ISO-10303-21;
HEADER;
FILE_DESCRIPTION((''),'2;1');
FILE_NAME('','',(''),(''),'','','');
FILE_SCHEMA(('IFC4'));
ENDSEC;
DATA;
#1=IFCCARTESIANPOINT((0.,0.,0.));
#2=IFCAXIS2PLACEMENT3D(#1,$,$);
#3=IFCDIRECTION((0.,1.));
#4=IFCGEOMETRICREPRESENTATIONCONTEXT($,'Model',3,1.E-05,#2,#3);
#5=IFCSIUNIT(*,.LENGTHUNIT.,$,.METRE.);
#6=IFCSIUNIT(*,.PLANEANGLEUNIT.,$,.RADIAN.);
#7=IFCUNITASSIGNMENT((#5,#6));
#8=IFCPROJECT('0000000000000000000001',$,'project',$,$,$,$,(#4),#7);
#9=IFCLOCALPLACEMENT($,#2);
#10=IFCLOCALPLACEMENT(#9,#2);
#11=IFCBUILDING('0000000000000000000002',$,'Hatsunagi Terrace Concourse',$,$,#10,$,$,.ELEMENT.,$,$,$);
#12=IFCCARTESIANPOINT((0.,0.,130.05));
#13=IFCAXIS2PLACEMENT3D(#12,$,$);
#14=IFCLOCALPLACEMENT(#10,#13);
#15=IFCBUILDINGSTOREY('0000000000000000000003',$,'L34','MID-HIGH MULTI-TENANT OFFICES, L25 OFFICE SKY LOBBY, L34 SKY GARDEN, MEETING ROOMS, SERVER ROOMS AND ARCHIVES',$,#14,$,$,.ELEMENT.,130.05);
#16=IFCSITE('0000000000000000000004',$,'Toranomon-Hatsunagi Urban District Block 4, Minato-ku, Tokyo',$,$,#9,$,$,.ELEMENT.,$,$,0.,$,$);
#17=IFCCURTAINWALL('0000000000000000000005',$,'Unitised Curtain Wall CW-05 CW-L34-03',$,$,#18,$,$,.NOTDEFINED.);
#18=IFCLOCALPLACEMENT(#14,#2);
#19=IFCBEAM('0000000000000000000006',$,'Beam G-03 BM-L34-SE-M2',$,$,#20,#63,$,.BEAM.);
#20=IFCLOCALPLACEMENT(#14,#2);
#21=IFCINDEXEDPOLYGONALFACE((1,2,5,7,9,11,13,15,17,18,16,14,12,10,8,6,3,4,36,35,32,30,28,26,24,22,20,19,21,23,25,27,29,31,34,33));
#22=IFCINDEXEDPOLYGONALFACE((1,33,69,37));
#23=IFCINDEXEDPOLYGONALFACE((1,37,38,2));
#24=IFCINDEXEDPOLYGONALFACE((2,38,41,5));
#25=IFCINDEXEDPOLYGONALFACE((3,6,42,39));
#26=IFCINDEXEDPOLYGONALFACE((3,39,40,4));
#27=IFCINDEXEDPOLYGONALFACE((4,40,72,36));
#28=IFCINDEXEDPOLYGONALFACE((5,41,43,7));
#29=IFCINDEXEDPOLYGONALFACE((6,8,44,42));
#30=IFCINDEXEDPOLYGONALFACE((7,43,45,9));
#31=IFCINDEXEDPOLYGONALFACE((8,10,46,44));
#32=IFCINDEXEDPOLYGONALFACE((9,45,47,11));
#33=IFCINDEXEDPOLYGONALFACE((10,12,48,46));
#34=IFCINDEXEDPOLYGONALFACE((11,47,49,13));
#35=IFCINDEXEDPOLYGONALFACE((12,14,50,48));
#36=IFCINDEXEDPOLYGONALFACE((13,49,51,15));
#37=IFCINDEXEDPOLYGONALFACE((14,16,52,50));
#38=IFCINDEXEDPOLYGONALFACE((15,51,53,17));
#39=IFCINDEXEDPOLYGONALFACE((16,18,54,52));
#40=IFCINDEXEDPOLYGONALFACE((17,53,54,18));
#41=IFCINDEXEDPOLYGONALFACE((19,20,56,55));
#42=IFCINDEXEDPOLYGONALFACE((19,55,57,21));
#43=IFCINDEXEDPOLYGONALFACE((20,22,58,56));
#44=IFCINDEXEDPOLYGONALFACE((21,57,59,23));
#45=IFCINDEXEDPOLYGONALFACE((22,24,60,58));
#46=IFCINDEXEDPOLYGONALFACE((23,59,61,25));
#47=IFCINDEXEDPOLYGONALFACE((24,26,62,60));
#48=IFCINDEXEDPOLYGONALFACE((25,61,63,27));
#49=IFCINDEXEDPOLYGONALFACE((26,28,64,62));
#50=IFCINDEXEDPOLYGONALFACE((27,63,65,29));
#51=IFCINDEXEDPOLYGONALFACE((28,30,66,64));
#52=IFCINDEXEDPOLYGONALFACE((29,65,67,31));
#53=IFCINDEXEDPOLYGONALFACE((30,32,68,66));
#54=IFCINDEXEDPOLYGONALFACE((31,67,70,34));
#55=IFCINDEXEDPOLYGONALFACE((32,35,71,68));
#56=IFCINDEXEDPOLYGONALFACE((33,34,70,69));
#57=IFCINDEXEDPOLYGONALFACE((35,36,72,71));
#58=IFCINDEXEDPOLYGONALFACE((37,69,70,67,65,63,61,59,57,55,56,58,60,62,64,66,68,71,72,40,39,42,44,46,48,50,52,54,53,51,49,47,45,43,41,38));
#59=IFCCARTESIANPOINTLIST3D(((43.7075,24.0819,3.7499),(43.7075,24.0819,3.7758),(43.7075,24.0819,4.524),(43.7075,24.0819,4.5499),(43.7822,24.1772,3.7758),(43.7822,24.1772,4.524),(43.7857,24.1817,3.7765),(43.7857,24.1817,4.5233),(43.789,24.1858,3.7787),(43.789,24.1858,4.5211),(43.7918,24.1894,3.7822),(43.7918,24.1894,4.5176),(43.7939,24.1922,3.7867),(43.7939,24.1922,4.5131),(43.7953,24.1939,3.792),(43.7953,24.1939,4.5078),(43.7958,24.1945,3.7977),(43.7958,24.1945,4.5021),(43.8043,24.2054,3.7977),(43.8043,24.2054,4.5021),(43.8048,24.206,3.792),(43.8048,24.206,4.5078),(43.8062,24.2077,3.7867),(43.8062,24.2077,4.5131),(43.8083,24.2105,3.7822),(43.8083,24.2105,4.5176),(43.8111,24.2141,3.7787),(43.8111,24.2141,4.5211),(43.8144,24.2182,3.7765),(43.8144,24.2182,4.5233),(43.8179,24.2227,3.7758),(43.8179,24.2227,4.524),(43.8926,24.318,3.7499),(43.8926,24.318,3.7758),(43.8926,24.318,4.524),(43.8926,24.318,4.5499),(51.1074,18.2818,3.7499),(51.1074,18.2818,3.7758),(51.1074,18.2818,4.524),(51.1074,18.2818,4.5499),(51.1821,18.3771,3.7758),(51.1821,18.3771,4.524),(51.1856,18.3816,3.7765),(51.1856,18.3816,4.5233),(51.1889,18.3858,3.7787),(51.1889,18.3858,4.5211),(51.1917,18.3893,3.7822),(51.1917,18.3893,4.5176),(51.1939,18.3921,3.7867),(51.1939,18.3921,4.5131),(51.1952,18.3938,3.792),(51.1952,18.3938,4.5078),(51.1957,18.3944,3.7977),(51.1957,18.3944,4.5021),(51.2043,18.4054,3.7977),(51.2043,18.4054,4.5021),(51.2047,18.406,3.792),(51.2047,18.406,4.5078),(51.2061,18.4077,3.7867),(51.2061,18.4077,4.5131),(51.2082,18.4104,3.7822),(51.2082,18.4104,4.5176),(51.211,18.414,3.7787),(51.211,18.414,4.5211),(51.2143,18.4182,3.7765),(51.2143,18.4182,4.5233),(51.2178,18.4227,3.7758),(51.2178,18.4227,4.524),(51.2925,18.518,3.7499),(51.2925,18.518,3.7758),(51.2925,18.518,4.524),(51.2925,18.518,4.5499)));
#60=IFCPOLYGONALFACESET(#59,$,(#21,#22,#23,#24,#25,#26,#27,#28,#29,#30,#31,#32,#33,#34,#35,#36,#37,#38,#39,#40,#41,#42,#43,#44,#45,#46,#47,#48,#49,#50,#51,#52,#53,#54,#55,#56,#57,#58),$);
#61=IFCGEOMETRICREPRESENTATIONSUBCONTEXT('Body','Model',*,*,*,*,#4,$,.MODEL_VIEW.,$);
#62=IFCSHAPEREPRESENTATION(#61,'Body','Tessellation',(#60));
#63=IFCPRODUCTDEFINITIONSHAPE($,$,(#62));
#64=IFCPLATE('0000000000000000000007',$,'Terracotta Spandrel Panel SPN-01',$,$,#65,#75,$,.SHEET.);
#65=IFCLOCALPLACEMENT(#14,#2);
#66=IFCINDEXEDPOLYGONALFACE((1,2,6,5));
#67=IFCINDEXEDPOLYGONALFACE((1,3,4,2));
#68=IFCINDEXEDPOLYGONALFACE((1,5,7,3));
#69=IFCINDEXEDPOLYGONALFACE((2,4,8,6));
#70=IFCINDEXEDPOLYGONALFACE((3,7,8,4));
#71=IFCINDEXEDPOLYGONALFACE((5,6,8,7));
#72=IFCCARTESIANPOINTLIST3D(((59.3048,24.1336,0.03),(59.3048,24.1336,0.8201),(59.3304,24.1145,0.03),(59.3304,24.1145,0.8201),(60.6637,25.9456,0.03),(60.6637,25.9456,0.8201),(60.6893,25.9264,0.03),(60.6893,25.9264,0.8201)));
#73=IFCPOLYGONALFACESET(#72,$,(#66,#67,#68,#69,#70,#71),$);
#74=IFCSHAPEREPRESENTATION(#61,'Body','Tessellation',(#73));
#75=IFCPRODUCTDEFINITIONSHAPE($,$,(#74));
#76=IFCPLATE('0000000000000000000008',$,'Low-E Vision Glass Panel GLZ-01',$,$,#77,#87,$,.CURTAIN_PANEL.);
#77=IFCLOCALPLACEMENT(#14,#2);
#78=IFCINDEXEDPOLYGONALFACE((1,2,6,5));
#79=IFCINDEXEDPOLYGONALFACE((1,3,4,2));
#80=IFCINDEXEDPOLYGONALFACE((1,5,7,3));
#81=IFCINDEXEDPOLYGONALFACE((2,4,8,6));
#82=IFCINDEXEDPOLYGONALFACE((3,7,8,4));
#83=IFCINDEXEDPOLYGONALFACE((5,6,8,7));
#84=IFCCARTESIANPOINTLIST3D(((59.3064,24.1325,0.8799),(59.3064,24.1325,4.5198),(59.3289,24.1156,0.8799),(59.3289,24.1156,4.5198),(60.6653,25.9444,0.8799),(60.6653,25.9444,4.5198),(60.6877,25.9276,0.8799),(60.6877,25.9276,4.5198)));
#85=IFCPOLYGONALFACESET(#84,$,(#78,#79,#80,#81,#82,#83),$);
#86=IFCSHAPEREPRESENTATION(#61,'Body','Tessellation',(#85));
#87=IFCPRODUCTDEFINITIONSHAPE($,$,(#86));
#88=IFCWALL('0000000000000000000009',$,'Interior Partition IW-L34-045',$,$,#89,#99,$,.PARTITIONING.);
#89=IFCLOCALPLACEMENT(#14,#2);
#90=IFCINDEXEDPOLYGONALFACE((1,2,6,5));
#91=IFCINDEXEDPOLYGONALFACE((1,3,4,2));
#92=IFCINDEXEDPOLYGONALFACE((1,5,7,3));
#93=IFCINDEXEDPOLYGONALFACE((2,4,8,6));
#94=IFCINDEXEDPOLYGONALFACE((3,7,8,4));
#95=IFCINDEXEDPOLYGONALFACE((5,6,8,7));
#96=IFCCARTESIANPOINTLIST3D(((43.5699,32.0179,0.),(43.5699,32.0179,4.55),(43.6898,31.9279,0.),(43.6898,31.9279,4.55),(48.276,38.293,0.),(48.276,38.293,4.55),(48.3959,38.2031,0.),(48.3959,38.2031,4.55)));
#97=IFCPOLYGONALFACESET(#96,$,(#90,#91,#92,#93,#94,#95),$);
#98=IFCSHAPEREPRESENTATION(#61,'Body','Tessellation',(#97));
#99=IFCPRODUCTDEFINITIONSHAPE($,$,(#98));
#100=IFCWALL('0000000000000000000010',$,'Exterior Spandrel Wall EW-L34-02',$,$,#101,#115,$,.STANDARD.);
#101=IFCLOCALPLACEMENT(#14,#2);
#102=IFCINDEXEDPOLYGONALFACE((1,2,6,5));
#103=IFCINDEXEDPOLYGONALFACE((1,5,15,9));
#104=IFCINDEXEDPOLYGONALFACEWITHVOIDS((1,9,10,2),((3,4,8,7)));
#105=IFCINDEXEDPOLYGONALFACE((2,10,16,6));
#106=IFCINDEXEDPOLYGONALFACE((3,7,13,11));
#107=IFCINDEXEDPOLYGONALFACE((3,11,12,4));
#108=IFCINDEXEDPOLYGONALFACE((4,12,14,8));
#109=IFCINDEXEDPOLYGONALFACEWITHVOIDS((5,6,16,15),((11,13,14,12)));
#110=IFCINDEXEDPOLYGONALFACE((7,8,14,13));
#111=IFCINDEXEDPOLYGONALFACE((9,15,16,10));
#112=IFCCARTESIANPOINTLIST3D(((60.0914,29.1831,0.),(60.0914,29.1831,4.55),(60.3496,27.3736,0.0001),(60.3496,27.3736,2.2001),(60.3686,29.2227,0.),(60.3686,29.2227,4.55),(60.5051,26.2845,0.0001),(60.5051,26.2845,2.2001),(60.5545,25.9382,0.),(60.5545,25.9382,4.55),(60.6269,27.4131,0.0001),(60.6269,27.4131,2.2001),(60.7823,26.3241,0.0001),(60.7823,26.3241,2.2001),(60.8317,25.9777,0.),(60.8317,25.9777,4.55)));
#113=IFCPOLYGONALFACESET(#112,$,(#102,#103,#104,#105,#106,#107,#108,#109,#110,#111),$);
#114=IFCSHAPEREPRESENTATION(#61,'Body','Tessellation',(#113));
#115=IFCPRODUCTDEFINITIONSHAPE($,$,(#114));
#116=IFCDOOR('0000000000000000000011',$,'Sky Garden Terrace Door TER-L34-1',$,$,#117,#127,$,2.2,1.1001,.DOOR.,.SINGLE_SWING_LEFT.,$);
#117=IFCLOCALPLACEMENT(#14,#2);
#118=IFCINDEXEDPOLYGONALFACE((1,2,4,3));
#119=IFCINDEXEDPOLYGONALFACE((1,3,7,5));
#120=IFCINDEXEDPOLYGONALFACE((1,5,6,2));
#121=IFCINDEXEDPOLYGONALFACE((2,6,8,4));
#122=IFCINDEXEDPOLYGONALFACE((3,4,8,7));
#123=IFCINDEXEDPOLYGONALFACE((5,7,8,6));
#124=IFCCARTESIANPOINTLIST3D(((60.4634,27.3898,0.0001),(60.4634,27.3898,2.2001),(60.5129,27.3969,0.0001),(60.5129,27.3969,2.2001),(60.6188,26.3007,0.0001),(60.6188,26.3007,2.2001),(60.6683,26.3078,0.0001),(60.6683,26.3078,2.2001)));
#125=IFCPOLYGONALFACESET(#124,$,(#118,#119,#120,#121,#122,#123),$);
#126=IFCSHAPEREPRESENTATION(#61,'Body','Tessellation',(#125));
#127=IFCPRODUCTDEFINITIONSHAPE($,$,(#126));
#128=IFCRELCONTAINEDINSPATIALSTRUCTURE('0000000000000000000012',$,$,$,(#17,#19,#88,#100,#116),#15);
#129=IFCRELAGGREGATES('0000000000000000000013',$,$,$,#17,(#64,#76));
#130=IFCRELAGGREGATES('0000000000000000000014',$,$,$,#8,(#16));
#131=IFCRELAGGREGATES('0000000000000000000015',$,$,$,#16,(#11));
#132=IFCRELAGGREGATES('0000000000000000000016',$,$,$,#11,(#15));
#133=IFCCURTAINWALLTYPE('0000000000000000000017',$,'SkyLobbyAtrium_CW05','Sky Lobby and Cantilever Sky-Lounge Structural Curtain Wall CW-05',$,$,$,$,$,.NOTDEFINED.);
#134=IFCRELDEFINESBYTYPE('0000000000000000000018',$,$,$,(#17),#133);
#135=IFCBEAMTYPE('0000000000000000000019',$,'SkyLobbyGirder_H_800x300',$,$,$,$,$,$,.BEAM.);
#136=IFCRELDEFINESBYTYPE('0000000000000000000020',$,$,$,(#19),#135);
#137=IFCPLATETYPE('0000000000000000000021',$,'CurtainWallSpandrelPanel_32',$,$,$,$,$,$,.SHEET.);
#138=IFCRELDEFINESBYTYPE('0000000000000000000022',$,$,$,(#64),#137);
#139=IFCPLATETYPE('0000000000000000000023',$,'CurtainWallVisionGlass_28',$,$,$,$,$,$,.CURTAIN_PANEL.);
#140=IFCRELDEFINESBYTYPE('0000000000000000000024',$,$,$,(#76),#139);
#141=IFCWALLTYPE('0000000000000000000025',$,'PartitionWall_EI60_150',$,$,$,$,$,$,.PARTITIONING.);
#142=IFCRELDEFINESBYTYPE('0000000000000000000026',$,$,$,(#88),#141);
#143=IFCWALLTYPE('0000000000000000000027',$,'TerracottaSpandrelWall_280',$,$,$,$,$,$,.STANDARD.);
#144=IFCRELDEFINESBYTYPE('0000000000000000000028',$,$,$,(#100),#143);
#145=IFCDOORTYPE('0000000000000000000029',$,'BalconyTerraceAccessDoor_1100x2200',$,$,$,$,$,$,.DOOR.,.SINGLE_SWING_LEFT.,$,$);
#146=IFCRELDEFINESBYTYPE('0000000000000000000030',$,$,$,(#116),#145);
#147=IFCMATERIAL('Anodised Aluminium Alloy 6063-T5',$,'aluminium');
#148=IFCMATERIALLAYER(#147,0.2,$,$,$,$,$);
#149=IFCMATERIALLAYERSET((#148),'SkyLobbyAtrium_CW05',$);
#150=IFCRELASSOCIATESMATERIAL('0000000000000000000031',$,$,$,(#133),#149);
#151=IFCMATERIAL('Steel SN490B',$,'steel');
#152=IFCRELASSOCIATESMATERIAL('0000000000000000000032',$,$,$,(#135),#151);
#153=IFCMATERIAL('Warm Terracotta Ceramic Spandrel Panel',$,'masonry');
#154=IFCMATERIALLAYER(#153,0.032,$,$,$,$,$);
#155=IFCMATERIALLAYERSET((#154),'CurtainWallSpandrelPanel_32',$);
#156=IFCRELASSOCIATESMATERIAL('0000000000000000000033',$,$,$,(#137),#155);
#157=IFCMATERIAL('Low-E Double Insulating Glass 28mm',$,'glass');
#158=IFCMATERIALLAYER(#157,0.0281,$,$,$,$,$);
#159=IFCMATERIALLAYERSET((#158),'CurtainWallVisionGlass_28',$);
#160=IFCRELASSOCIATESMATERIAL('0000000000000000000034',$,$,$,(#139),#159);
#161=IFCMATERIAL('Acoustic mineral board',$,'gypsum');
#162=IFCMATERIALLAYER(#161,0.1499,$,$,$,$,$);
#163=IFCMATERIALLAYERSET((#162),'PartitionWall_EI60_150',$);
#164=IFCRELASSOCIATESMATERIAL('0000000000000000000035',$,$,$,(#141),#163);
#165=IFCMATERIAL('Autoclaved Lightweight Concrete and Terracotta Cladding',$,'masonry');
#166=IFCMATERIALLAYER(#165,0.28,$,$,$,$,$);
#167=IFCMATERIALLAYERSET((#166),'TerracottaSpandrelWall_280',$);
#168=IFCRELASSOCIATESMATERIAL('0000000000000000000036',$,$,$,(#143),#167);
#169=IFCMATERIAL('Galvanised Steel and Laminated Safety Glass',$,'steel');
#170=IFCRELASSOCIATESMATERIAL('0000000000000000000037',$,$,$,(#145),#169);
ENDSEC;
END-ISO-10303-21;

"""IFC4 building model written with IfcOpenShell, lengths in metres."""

from ifc_helpers import new_model, si_unit, direction, frame, frame_2d, origin, origin_2d, place, context, subcontext, project, spatial, rectangle, i_section, extrude, material, layer, layer_set, material_profile, profile_set, type_object, element, fill, aggregate, save


model = new_model("IFC4")

# Units and contexts
model_context = context("Model", 3, precision=1e-05, world=origin(), true_north=direction((0.0, 1.0)))
body_context = subcontext(model_context, "Body", "Model", "MODEL_VIEW")
ifc_project = project(units=[si_unit("LENGTHUNIT", "METRE"), si_unit("PLANEANGLEUNIT", "RADIAN")], contexts=[model_context])

# Site, building, storey
site_placement = place(None, origin())
site = spatial("IfcSite", under=ifc_project, at=site_placement, Name="Toranomon-Hatsunagi Urban District Block 4, Minato-ku, Tokyo", CompositionType="ELEMENT", RefElevation=0.0)
building_placement = place(site_placement, origin())
building = spatial("IfcBuilding", under=site, at=building_placement, Name="Hatsunagi Terrace Concourse", CompositionType="ELEMENT")
storey_placement = place(building_placement, frame((0.0, 0.0, 130.05)))
storey = spatial("IfcBuildingStorey", under=building, at=storey_placement, Name="L34", Description="MID-HIGH MULTI-TENANT OFFICES, L25 OFFICE SKY LOBBY, L34 SKY GARDEN, MEETING ROOMS, SERVER ROOMS AND ARCHIVES", CompositionType="ELEMENT", Elevation=130.05)

# Curtain wall
ifc_material_1 = material(Name="Anodised Aluminium Alloy 6063-T5", Category="aluminium")
ifc_layer_1 = layer(ifc_material_1, 0.2)
ifc_layer_set_1 = layer_set([ifc_layer_1], Name="SkyLobbyAtrium_CW05")
curtain_wall_type = type_object("IfcCurtainWallType", Name="SkyLobbyAtrium_CW05", Description="Sky Lobby and Cantilever Sky-Lounge Structural Curtain Wall CW-05", PredefinedType="NOTDEFINED", material=ifc_layer_set_1)
curtain_wall_placement = place(storey_placement, origin())
curtain_wall = element("IfcCurtainWall", 1, at=curtain_wall_placement, inside=storey, type_object=curtain_wall_type, Name="Unitised Curtain Wall CW-05 CW-L34-03", PredefinedType="NOTDEFINED")

# Beam
ifc_material_2 = material(Name="Steel SN490B", Category="steel")
ifc_material_profile_1 = material_profile(ifc_material_2, i_section(OverallWidth=0.3, OverallDepth=0.8, WebThickness=0.0139, FlangeThickness=0.0259, FilletRadius=0.022, at=origin_2d()), Name="H-800x300x14x26")
ifc_profile_set_1 = profile_set([ifc_material_profile_1], Name="Steel SN490B")
beam_type_1 = type_object("IfcBeamType", Name="SkyLobbyGirder_H_800x300", PredefinedType="BEAM", material=ifc_profile_set_1)
beam_1_placement = place(storey_placement, frame((43.8, 24.2, 4.1499), z_axis=(0.787049, -0.61689, 0.0), x_axis=(0.61689, 0.787049, 0.0)))
element("IfcBeam", 2, at=beam_1_placement, inside=storey, type_object=beam_type_1, Name="Beam G-03 BM-L34-SE-M2", PredefinedType="BEAM", context=body_context, shape_type="SweptSolid", body=[
    extrude(i_section(OverallWidth=0.3, OverallDepth=0.8, WebThickness=0.0139, FlangeThickness=0.0259, FilletRadius=0.022, at=origin_2d()), origin(), (0.0, 0.0, 1.0), 9.4021),
])

# Plates
ifc_material_3 = material(Name="Warm Terracotta Ceramic Spandrel Panel", Category="masonry")
ifc_layer_2 = layer(ifc_material_3, 0.032)
ifc_layer_set_2 = layer_set([ifc_layer_2], Name="CurtainWallSpandrelPanel_32")
plate_type_1 = type_object("IfcPlateType", Name="CurtainWallSpandrelPanel_32", PredefinedType="SHEET", material=ifc_layer_set_2)
plate_1_placement = place(storey_placement, frame((59.9971, 25.03, 0.03), z_axis=(0.0, 0.0, 1.0), x_axis=(-0.599969, -0.800023, 0.0)))
plate_1 = element("IfcPlate", 3, at=plate_1_placement, type_object=plate_type_1, Name="Terracotta Spandrel Panel SPN-01", PredefinedType="SHEET", context=body_context, shape_type="SweptSolid", body=[
    extrude(rectangle(XDim=2.2649, YDim=0.032, at=origin_2d()), origin(), (0.0, 0.0, 1.0), 0.79),
])
ifc_material_4 = material(Name="Low-E Double Insulating Glass 28mm", Category="glass")
ifc_layer_3 = layer(ifc_material_4, 0.0281)
ifc_layer_set_3 = layer_set([ifc_layer_3], Name="CurtainWallVisionGlass_28")
plate_type_2 = type_object("IfcPlateType", Name="CurtainWallVisionGlass_28", PredefinedType="CURTAIN_PANEL", material=ifc_layer_set_3)
plate_2_placement = place(storey_placement, frame((59.9971, 25.03, 0.8799), z_axis=(0.0, 0.0, 1.0), x_axis=(-0.599969, -0.800023, 0.0)))
plate_2 = element("IfcPlate", 4, at=plate_2_placement, type_object=plate_type_2, Name="Low-E Vision Glass Panel GLZ-01", PredefinedType="CURTAIN_PANEL", context=body_context, shape_type="SweptSolid", body=[
    extrude(rectangle(XDim=2.2649, YDim=0.0281, at=origin_2d()), origin(), (0.0, 0.0, 1.0), 3.6399),
])
aggregate(curtain_wall, [plate_1, plate_2])

# Wall
ifc_material_5 = material(Name="Acoustic mineral board", Category="gypsum")
ifc_layer_4 = layer(ifc_material_5, 0.1499)
ifc_layer_set_4 = layer_set([ifc_layer_4], Name="PartitionWall_EI60_150")
wall_type_1 = type_object("IfcWallType", Name="PartitionWall_EI60_150", PredefinedType="PARTITIONING", material=ifc_layer_set_4)
wall_1_placement = place(storey_placement, frame((43.6299, 31.9729, 0.0), z_axis=(0.0, 0.0, 1.0), x_axis=(0.599975, 0.800019, 0.0)))
element("IfcWall", 5, at=wall_1_placement, inside=storey, type_object=wall_type_1, Name="Interior Partition IW-L34-045", PredefinedType="PARTITIONING", context=body_context, shape_type="SweptSolid", body=[
    extrude(rectangle(XDim=7.8438, YDim=0.1499, at=frame_2d((3.9219, 0.0))), origin(), (0.0, 0.0, 1.0), 4.55),
])

# Wall, opening, door
ifc_material_6 = material(Name="Autoclaved Lightweight Concrete and Terracotta Cladding", Category="masonry")
ifc_layer_5 = layer(ifc_material_6, 0.28)
ifc_layer_set_5 = layer_set([ifc_layer_5], Name="TerracottaSpandrelWall_280")
wall_type_2 = type_object("IfcWallType", Name="TerracottaSpandrelWall_280", PredefinedType="STANDARD", material=ifc_layer_set_5)
wall_2_placement = place(storey_placement, frame((60.23, 29.2029, 0.0), z_axis=(0.0, 0.0, 1.0), x_axis=(0.141296, -0.989967, 0.0)))
wall_2 = element("IfcWall", 6, at=wall_2_placement, inside=storey, type_object=wall_type_2, Name="Exterior Spandrel Wall EW-L34-02", PredefinedType="STANDARD", context=body_context, shape_type="SweptSolid", body=[
    extrude(rectangle(XDim=3.2778, YDim=0.28, at=frame_2d((1.6389, 0.0))), origin(), (0.0, 0.0, 1.0), 4.55),
])
opening_placement = place(wall_2_placement, frame((1.8279, 0.0, 0.0)))
opening = element("IfcOpeningElement", 7, at=opening_placement, cuts=wall_2, PredefinedType="OPENING", context=body_context, shape_type="SweptSolid", body=[
    extrude(rectangle(XDim=1.1001, YDim=2.2, at=frame_2d((0.55, 1.1001))), frame((0.0, 0.1499, 0.0), z_axis=(0.0, -1.0, 0.0), x_axis=(1.0, 0.0, 0.0)), (0.0, 0.0, 1.0), 0.3),
])
ifc_material_7 = material(Name="Galvanised Steel and Laminated Safety Glass", Category="steel")
door_type = type_object("IfcDoorType", Name="BalconyTerraceAccessDoor_1100x2200", OperationType="SINGLE_SWING_LEFT", PredefinedType="DOOR", material=ifc_material_7)
door_placement = place(opening_placement, origin())
door = element("IfcDoor", 8, at=door_placement, inside=storey, type_object=door_type, Name="Sky Garden Terrace Door TER-L34-1", OperationType="SINGLE_SWING_LEFT", OverallHeight=2.2, OverallWidth=1.1001, PredefinedType="DOOR", context=body_context, shape_type="SweptSolid", body=[
    extrude(rectangle(XDim=1.1001, YDim=2.2, at=frame_2d((0.55, 1.1001))), frame((0.0, 0.0249, 0.0), z_axis=(0.0, -1.0, 0.0), x_axis=(1.0, 0.0, 0.0)), (0.0, 0.0, 1.0), 0.05),
])
fill(opening, door)

save(model, "model.ifc")
